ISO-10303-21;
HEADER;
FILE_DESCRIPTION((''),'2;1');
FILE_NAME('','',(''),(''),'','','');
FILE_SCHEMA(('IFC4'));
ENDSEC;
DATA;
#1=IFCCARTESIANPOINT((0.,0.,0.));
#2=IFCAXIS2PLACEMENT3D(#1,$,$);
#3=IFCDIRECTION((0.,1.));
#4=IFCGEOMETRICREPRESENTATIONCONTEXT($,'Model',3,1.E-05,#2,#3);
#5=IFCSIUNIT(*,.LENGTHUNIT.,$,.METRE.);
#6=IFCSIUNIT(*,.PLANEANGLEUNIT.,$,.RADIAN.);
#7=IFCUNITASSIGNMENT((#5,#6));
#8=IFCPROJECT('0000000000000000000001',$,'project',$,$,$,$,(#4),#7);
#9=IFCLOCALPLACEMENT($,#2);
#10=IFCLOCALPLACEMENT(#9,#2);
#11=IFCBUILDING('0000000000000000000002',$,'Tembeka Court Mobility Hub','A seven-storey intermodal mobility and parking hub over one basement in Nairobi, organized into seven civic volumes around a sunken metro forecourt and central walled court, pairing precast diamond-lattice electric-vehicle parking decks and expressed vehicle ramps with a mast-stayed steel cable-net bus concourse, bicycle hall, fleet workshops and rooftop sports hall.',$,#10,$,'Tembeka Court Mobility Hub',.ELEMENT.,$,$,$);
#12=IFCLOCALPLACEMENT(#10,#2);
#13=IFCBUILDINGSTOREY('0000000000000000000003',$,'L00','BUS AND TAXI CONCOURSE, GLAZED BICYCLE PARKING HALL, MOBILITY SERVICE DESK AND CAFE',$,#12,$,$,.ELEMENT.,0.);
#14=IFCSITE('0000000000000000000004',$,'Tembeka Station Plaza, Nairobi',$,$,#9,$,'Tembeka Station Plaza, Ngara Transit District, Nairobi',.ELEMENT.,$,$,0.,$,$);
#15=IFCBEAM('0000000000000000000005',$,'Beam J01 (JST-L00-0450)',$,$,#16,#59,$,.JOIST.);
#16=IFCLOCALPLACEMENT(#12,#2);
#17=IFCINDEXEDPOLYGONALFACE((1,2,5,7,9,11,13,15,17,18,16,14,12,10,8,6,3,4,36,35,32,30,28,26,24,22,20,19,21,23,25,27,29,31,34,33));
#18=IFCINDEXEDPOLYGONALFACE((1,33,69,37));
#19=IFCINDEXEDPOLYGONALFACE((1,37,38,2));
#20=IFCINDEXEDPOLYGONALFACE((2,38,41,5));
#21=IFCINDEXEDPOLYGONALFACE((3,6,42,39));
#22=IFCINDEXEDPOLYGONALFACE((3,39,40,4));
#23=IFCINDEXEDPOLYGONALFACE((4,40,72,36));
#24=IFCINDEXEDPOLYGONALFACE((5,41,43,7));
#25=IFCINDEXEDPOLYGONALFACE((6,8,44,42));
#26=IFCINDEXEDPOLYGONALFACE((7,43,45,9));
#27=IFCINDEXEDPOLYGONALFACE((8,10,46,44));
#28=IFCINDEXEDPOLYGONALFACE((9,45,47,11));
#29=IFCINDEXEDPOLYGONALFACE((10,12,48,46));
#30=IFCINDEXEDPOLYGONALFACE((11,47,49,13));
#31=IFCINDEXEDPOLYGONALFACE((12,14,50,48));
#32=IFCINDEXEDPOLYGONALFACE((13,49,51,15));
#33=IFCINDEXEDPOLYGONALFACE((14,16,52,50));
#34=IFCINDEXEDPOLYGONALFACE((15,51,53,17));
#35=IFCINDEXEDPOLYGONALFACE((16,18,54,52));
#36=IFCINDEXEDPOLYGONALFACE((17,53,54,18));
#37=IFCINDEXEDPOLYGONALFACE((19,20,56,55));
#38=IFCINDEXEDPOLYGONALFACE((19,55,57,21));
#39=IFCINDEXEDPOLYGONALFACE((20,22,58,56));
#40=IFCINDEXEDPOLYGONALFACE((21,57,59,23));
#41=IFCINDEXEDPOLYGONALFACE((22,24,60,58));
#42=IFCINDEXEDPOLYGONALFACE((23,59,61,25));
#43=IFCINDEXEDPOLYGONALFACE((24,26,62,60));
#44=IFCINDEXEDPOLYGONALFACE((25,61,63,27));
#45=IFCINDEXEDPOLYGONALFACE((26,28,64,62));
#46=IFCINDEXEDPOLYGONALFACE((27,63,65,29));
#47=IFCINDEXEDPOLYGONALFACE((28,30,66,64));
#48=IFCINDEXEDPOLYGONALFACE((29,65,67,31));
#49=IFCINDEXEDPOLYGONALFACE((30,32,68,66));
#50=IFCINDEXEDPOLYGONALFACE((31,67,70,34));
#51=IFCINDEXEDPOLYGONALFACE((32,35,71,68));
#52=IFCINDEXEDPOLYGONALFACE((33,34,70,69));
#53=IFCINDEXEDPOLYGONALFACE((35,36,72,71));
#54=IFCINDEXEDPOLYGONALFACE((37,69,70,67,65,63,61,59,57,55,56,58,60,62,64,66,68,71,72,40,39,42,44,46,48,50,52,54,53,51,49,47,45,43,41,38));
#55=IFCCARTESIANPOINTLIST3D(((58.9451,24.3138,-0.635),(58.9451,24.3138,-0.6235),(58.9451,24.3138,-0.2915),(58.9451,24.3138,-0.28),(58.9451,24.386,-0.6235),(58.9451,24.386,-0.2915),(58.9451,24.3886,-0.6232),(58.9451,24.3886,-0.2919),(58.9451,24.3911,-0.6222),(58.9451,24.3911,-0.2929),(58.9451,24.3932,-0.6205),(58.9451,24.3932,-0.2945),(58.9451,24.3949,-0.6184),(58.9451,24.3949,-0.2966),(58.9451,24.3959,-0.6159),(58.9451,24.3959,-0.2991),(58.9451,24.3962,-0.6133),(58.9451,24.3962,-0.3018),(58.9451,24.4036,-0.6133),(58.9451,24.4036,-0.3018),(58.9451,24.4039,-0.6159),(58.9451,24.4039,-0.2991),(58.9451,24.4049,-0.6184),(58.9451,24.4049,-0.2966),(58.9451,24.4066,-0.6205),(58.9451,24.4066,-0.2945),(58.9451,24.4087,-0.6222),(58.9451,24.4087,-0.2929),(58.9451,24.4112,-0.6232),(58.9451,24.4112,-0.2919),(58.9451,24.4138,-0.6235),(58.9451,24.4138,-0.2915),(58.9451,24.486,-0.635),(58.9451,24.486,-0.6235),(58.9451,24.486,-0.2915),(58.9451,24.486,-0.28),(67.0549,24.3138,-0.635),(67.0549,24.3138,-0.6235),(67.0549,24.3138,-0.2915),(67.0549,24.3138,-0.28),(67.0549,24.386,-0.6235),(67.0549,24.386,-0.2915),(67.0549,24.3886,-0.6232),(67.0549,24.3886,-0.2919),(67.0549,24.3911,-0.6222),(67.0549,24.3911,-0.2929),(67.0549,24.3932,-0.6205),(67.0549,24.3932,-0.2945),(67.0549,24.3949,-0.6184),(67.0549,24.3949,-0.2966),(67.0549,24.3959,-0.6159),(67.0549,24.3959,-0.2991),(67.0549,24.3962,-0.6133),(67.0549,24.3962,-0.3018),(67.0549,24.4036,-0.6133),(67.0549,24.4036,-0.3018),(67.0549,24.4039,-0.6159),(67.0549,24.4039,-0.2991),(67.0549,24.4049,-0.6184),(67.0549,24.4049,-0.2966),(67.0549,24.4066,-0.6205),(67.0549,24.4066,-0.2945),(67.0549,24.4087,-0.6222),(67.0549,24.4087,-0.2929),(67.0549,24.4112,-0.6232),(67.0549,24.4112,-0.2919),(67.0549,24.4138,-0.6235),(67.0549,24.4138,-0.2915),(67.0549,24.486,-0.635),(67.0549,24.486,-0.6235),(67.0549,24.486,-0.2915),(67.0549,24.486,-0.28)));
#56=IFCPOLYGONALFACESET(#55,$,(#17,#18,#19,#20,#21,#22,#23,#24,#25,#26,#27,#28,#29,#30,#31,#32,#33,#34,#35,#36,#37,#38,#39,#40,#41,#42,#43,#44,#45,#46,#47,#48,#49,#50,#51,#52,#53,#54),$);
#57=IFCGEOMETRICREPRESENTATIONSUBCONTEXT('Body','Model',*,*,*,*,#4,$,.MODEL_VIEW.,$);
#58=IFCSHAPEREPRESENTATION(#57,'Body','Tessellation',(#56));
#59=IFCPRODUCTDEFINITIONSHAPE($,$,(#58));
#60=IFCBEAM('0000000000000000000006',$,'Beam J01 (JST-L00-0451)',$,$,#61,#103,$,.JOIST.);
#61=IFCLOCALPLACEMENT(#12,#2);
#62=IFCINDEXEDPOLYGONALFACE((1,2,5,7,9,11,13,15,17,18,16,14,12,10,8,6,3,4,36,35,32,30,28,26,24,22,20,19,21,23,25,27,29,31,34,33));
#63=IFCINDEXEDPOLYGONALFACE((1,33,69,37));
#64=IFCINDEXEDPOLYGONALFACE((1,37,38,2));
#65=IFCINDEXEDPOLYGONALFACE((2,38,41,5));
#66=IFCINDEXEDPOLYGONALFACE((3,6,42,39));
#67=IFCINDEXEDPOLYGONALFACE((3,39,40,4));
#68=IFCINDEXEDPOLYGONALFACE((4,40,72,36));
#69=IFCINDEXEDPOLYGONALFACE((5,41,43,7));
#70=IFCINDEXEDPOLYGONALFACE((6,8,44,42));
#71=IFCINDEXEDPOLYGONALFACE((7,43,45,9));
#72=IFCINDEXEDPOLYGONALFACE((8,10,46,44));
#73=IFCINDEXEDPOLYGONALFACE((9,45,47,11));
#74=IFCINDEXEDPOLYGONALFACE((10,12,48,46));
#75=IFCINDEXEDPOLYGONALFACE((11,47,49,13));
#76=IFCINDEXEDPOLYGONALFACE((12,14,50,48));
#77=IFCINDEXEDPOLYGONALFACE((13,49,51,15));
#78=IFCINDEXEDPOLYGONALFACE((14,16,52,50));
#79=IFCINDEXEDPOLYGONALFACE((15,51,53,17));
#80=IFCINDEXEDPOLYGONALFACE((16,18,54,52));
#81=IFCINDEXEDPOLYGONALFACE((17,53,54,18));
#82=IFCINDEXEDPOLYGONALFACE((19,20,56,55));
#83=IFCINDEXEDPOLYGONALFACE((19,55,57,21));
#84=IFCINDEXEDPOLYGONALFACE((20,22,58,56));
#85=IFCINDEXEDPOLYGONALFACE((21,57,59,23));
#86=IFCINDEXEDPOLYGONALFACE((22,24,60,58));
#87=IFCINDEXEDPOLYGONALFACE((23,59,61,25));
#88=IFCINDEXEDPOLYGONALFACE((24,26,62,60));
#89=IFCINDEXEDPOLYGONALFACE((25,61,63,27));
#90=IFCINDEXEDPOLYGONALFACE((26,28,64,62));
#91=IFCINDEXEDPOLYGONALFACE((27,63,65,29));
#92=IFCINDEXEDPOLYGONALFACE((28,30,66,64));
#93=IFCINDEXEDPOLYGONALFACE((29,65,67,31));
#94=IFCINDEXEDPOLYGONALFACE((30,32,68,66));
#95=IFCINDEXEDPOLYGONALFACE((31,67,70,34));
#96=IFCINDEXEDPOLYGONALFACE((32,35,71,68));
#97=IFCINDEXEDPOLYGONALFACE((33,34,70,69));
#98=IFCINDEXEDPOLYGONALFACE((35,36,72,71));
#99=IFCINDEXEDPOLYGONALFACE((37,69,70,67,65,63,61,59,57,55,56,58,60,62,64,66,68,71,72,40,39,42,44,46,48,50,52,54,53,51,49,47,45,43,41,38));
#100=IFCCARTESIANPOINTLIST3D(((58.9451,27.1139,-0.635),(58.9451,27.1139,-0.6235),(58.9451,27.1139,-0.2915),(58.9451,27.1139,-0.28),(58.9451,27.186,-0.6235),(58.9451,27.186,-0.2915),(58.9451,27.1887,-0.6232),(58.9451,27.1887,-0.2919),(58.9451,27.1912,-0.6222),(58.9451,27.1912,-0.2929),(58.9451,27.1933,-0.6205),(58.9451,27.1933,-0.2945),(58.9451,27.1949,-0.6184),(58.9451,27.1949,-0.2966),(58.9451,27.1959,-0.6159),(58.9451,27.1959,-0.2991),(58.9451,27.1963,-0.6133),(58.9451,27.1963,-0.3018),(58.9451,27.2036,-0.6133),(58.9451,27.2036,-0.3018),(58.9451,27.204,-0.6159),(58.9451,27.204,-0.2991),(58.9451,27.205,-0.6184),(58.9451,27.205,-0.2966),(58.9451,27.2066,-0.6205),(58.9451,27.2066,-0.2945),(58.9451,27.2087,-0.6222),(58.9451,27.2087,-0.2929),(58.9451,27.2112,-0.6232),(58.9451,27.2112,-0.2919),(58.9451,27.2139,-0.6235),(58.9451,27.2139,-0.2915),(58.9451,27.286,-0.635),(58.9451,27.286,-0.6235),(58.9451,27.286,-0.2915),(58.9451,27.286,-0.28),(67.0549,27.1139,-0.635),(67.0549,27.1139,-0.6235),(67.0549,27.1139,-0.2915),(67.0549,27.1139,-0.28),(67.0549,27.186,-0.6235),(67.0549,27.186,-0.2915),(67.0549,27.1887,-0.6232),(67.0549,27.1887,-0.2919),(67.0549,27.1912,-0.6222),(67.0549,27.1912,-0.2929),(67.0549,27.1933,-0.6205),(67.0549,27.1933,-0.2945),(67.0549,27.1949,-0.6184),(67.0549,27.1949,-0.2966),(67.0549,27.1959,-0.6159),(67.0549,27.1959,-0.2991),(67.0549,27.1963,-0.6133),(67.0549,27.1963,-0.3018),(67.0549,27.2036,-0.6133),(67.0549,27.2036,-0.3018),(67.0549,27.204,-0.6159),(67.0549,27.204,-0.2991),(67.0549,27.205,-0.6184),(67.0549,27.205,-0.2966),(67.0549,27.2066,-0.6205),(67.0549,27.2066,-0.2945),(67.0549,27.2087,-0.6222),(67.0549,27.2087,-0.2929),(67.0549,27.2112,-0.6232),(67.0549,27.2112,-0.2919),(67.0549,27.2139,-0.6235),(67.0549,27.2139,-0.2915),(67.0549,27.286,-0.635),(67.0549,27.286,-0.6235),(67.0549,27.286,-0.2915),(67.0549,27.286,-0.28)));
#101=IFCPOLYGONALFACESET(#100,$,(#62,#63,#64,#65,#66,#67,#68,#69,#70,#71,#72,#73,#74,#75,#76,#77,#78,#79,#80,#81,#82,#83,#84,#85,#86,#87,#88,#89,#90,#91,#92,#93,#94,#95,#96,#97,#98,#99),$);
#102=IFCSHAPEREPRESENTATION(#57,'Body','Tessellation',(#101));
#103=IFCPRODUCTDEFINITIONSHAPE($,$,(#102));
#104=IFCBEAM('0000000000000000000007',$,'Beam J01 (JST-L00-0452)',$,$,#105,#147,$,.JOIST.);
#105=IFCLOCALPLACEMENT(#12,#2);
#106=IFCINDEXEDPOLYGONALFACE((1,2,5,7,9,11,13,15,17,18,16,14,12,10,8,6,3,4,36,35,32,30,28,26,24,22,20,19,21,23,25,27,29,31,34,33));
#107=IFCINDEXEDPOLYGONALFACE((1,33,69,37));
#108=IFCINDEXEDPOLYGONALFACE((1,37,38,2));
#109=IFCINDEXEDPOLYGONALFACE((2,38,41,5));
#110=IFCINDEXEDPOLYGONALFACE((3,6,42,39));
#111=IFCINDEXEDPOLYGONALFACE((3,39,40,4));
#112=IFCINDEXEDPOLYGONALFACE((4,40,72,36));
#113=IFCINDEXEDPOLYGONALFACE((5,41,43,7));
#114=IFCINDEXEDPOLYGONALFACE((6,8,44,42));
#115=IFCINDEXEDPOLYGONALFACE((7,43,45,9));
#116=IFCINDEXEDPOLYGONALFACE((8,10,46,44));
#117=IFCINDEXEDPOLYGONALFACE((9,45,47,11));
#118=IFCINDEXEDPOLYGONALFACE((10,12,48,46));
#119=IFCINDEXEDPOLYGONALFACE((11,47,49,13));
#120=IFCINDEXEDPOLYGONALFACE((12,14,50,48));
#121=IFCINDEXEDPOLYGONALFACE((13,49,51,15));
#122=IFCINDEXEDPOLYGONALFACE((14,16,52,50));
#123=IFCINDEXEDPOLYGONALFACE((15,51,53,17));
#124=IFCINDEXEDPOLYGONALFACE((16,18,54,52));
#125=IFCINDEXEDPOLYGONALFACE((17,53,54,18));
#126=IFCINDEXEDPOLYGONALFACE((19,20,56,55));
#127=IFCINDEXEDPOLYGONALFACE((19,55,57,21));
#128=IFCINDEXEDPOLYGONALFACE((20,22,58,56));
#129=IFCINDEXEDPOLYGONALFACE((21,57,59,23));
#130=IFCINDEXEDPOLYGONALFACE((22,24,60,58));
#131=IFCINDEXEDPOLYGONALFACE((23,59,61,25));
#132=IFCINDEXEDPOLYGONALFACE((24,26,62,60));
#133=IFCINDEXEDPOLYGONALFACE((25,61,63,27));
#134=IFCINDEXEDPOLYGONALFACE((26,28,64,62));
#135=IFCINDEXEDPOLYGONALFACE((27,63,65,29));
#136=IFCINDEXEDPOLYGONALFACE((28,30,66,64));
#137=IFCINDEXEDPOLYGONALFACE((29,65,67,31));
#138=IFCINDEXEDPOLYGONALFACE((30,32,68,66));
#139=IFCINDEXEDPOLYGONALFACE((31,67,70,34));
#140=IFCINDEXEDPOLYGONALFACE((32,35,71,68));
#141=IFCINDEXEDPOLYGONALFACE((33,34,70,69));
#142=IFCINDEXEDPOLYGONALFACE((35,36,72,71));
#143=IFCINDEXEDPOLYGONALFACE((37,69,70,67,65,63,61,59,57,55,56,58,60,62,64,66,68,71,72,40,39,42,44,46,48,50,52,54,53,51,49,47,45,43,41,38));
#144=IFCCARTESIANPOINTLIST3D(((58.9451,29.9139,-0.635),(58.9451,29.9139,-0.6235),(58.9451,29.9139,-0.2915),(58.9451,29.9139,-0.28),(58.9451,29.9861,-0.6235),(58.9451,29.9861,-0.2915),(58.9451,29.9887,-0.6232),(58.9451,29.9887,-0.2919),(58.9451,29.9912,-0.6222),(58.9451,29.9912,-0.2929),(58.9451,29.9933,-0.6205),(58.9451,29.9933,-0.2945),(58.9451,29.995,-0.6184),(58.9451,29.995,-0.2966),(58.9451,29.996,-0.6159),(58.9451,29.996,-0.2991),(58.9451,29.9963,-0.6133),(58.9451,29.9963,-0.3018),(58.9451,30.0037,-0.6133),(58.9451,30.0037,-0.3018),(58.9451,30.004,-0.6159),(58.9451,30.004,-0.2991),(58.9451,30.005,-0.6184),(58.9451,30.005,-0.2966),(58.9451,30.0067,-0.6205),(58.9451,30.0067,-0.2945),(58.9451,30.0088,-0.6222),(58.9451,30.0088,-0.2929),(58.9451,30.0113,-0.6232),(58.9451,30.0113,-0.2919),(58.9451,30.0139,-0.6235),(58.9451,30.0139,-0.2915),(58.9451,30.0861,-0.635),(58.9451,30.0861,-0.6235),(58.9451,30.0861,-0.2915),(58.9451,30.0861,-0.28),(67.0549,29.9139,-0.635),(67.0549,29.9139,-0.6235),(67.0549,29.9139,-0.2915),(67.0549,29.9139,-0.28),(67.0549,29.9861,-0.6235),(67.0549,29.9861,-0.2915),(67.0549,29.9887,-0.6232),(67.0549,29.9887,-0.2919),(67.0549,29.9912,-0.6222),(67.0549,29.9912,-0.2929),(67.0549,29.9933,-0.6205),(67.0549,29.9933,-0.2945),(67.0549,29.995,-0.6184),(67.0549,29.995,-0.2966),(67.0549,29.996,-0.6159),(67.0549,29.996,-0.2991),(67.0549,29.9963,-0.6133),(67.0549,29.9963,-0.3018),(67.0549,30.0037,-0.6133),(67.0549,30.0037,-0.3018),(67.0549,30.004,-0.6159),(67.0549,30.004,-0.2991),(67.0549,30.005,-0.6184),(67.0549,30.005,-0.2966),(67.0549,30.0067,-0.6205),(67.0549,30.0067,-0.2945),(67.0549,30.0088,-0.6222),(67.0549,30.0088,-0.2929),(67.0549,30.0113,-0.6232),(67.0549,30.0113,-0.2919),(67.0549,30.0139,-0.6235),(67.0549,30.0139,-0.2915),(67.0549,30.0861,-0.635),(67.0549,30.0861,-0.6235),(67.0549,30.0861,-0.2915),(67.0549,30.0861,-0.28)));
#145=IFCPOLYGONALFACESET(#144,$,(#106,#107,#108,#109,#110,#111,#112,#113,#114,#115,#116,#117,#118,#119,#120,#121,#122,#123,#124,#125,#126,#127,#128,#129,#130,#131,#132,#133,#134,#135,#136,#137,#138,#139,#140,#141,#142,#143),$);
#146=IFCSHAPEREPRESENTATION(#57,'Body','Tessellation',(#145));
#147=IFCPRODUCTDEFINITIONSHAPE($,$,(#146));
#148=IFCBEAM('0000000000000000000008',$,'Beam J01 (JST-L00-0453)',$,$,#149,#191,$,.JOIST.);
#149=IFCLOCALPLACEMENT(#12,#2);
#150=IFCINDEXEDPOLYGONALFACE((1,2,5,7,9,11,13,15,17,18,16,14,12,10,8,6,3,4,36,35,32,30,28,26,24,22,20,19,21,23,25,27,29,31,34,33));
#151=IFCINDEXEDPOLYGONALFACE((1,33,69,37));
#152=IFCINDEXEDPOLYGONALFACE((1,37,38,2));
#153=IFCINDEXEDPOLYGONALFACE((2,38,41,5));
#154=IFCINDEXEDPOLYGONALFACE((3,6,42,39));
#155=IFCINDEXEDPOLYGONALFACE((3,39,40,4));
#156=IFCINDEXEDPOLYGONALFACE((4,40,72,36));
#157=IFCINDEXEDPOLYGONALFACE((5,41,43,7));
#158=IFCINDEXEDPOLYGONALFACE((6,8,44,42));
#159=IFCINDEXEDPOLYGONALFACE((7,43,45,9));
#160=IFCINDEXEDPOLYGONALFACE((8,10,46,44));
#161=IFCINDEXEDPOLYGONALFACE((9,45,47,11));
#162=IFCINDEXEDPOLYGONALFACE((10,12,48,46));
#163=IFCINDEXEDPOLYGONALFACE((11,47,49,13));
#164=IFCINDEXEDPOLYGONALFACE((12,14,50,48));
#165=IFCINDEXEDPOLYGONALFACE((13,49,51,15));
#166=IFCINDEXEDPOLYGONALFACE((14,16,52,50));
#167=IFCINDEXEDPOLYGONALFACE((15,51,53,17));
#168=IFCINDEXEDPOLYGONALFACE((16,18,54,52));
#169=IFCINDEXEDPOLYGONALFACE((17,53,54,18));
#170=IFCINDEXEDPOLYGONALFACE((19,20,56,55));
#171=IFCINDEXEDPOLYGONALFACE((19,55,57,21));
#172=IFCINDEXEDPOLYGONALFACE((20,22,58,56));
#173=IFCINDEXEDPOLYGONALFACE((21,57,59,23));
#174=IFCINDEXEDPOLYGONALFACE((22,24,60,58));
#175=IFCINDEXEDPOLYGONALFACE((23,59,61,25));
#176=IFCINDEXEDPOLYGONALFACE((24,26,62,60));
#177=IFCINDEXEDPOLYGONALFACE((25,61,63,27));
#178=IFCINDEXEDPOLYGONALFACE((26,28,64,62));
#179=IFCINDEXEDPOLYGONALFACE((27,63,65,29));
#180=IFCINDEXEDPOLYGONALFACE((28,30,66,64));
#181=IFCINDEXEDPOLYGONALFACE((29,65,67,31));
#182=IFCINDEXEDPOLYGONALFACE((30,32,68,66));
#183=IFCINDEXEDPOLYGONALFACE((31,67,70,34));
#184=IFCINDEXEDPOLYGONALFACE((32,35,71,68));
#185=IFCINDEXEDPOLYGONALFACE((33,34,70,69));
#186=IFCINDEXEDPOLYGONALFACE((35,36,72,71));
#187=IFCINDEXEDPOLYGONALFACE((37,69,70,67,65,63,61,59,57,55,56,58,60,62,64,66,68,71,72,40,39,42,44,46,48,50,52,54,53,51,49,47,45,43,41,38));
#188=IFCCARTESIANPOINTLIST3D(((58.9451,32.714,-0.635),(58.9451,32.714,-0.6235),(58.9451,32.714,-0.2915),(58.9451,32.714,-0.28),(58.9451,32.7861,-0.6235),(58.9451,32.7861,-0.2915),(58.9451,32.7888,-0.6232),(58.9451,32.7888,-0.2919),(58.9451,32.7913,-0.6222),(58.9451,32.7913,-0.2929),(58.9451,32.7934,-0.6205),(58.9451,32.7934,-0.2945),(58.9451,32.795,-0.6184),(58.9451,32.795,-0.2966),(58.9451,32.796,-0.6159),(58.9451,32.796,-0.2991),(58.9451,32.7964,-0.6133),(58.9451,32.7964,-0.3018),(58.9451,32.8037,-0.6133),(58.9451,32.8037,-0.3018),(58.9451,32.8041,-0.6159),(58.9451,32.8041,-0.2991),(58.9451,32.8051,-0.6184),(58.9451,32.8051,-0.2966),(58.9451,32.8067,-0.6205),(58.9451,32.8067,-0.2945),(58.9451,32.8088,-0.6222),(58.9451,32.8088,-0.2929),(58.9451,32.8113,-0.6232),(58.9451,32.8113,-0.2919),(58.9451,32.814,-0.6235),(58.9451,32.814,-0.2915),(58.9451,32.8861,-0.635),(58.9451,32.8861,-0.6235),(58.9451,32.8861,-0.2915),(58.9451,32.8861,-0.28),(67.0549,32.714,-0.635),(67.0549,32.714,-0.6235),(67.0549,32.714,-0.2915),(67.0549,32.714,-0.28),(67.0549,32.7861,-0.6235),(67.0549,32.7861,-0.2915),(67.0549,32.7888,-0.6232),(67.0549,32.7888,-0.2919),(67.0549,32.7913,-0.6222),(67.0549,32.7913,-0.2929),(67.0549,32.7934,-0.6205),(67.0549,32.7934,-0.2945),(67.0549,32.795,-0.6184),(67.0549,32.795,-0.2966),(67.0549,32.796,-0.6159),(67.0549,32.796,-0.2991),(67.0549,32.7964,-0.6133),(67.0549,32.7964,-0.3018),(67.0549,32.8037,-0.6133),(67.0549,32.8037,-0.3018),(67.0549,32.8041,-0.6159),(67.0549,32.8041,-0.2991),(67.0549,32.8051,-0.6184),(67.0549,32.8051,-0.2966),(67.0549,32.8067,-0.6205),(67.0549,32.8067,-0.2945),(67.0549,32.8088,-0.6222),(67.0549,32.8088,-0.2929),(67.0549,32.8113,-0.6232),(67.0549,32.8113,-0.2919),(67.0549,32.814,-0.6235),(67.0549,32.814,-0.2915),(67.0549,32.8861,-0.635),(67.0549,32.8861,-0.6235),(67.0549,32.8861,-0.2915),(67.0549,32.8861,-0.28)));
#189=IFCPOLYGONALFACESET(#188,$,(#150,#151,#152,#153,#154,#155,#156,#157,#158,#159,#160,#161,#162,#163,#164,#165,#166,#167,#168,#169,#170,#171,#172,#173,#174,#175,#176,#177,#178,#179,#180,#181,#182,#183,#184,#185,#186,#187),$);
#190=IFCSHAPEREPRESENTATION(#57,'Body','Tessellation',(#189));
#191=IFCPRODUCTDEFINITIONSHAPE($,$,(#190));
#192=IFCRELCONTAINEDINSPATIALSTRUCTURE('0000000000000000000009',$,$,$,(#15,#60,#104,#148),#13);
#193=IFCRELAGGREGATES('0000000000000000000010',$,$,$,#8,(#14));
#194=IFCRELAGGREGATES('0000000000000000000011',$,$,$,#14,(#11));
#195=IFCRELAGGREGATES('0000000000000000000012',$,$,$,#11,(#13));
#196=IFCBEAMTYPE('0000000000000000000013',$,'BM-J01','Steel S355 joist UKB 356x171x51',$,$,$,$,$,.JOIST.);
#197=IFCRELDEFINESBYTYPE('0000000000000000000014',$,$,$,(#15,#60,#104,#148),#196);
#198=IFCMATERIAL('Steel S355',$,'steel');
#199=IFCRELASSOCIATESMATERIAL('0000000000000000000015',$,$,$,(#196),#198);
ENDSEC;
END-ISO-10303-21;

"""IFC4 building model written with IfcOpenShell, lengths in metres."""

from ifc_helpers import new_model, si_unit, direction, frame, origin, origin_2d, place, context, subcontext, project, spatial, i_section, extrude, material, material_profile, profile_set, type_object, element, save


model = new_model("IFC4")

# Units and contexts
model_context = context("Model", 3, precision=1e-05, world=origin(), true_north=direction((0.0, 1.0)))
body_context = subcontext(model_context, "Body", "Model", "MODEL_VIEW")
ifc_project = project(units=[si_unit("LENGTHUNIT", "METRE"), si_unit("PLANEANGLEUNIT", "RADIAN")], contexts=[model_context])

# Site, building, storey
site_placement = place(None, origin())
site = spatial("IfcSite", under=ifc_project, at=site_placement, Name="Tembeka Station Plaza, Nairobi", LongName="Tembeka Station Plaza, Ngara Transit District, Nairobi", CompositionType="ELEMENT", RefElevation=0.0)
building_placement = place(site_placement, origin())
building = spatial("IfcBuilding", under=site, at=building_placement, Name="Tembeka Court Mobility Hub", Description="A seven-storey intermodal mobility and parking hub over one basement in Nairobi, organized into seven civic volumes around a sunken metro forecourt and central walled court, pairing precast diamond-lattice electric-vehicle parking decks and expressed vehicle ramps with a mast-stayed steel cable-net bus concourse, bicycle hall, fleet workshops and rooftop sports hall.", LongName="Tembeka Court Mobility Hub", CompositionType="ELEMENT")
storey_placement = place(building_placement, origin())
storey = spatial("IfcBuildingStorey", under=building, at=storey_placement, Name="L00", Description="BUS AND TAXI CONCOURSE, GLAZED BICYCLE PARKING HALL, MOBILITY SERVICE DESK AND CAFE", CompositionType="ELEMENT", Elevation=0.0)

# Shared definitions
ifc_material_1 = material(Name="Steel S355", Category="steel")

# Beams
ifc_material_profile_1 = material_profile(ifc_material_1, i_section(OverallWidth=0.1721, OverallDepth=0.355, WebThickness=0.0073, FlangeThickness=0.0115, FilletRadius=0.0103, at=origin_2d()), Name="UKB 356x171x51")
ifc_profile_set_1 = profile_set([ifc_material_profile_1], Name="Steel S355")
beam_type_1 = type_object("IfcBeamType", Name="BM-J01", Description="Steel S355 joist UKB 356x171x51", PredefinedType="JOIST", material=ifc_profile_set_1)
for number, where, z_axis, x_axis, name in (
    (1, (58.9451, 24.3999, -0.4575), (1.0, 0.0, 0.0), (0.0, 1.0, 0.0), "Beam J01 (JST-L00-0450)"),
    (2, (58.9451, 27.2, -0.4575), (1.0, 0.0, 0.0), (0.0, 1.0, 0.0), "Beam J01 (JST-L00-0451)"),
    (3, (58.9451, 30.0, -0.4575), (1.0, 0.0, 0.0), (0.0, 1.0, 0.0), "Beam J01 (JST-L00-0452)"),
    (4, (58.9451, 32.8, -0.4575), (1.0, 0.0, 0.0), (0.0, 1.0, 0.0), "Beam J01 (JST-L00-0453)"),
):
    element("IfcBeam", number, at=place(storey_placement, frame(where, z_axis=z_axis, x_axis=x_axis)), inside=storey, type_object=beam_type_1, Name=name, PredefinedType="JOIST", context=body_context, shape_type="SweptSolid", body=[
        extrude(i_section(OverallWidth=0.1721, OverallDepth=0.355, WebThickness=0.0073, FlangeThickness=0.0115, FilletRadius=0.0103, at=origin_2d()), origin(), (0.0, 0.0, 1.0), 8.1099),
    ])

save(model, "model.ifc")
